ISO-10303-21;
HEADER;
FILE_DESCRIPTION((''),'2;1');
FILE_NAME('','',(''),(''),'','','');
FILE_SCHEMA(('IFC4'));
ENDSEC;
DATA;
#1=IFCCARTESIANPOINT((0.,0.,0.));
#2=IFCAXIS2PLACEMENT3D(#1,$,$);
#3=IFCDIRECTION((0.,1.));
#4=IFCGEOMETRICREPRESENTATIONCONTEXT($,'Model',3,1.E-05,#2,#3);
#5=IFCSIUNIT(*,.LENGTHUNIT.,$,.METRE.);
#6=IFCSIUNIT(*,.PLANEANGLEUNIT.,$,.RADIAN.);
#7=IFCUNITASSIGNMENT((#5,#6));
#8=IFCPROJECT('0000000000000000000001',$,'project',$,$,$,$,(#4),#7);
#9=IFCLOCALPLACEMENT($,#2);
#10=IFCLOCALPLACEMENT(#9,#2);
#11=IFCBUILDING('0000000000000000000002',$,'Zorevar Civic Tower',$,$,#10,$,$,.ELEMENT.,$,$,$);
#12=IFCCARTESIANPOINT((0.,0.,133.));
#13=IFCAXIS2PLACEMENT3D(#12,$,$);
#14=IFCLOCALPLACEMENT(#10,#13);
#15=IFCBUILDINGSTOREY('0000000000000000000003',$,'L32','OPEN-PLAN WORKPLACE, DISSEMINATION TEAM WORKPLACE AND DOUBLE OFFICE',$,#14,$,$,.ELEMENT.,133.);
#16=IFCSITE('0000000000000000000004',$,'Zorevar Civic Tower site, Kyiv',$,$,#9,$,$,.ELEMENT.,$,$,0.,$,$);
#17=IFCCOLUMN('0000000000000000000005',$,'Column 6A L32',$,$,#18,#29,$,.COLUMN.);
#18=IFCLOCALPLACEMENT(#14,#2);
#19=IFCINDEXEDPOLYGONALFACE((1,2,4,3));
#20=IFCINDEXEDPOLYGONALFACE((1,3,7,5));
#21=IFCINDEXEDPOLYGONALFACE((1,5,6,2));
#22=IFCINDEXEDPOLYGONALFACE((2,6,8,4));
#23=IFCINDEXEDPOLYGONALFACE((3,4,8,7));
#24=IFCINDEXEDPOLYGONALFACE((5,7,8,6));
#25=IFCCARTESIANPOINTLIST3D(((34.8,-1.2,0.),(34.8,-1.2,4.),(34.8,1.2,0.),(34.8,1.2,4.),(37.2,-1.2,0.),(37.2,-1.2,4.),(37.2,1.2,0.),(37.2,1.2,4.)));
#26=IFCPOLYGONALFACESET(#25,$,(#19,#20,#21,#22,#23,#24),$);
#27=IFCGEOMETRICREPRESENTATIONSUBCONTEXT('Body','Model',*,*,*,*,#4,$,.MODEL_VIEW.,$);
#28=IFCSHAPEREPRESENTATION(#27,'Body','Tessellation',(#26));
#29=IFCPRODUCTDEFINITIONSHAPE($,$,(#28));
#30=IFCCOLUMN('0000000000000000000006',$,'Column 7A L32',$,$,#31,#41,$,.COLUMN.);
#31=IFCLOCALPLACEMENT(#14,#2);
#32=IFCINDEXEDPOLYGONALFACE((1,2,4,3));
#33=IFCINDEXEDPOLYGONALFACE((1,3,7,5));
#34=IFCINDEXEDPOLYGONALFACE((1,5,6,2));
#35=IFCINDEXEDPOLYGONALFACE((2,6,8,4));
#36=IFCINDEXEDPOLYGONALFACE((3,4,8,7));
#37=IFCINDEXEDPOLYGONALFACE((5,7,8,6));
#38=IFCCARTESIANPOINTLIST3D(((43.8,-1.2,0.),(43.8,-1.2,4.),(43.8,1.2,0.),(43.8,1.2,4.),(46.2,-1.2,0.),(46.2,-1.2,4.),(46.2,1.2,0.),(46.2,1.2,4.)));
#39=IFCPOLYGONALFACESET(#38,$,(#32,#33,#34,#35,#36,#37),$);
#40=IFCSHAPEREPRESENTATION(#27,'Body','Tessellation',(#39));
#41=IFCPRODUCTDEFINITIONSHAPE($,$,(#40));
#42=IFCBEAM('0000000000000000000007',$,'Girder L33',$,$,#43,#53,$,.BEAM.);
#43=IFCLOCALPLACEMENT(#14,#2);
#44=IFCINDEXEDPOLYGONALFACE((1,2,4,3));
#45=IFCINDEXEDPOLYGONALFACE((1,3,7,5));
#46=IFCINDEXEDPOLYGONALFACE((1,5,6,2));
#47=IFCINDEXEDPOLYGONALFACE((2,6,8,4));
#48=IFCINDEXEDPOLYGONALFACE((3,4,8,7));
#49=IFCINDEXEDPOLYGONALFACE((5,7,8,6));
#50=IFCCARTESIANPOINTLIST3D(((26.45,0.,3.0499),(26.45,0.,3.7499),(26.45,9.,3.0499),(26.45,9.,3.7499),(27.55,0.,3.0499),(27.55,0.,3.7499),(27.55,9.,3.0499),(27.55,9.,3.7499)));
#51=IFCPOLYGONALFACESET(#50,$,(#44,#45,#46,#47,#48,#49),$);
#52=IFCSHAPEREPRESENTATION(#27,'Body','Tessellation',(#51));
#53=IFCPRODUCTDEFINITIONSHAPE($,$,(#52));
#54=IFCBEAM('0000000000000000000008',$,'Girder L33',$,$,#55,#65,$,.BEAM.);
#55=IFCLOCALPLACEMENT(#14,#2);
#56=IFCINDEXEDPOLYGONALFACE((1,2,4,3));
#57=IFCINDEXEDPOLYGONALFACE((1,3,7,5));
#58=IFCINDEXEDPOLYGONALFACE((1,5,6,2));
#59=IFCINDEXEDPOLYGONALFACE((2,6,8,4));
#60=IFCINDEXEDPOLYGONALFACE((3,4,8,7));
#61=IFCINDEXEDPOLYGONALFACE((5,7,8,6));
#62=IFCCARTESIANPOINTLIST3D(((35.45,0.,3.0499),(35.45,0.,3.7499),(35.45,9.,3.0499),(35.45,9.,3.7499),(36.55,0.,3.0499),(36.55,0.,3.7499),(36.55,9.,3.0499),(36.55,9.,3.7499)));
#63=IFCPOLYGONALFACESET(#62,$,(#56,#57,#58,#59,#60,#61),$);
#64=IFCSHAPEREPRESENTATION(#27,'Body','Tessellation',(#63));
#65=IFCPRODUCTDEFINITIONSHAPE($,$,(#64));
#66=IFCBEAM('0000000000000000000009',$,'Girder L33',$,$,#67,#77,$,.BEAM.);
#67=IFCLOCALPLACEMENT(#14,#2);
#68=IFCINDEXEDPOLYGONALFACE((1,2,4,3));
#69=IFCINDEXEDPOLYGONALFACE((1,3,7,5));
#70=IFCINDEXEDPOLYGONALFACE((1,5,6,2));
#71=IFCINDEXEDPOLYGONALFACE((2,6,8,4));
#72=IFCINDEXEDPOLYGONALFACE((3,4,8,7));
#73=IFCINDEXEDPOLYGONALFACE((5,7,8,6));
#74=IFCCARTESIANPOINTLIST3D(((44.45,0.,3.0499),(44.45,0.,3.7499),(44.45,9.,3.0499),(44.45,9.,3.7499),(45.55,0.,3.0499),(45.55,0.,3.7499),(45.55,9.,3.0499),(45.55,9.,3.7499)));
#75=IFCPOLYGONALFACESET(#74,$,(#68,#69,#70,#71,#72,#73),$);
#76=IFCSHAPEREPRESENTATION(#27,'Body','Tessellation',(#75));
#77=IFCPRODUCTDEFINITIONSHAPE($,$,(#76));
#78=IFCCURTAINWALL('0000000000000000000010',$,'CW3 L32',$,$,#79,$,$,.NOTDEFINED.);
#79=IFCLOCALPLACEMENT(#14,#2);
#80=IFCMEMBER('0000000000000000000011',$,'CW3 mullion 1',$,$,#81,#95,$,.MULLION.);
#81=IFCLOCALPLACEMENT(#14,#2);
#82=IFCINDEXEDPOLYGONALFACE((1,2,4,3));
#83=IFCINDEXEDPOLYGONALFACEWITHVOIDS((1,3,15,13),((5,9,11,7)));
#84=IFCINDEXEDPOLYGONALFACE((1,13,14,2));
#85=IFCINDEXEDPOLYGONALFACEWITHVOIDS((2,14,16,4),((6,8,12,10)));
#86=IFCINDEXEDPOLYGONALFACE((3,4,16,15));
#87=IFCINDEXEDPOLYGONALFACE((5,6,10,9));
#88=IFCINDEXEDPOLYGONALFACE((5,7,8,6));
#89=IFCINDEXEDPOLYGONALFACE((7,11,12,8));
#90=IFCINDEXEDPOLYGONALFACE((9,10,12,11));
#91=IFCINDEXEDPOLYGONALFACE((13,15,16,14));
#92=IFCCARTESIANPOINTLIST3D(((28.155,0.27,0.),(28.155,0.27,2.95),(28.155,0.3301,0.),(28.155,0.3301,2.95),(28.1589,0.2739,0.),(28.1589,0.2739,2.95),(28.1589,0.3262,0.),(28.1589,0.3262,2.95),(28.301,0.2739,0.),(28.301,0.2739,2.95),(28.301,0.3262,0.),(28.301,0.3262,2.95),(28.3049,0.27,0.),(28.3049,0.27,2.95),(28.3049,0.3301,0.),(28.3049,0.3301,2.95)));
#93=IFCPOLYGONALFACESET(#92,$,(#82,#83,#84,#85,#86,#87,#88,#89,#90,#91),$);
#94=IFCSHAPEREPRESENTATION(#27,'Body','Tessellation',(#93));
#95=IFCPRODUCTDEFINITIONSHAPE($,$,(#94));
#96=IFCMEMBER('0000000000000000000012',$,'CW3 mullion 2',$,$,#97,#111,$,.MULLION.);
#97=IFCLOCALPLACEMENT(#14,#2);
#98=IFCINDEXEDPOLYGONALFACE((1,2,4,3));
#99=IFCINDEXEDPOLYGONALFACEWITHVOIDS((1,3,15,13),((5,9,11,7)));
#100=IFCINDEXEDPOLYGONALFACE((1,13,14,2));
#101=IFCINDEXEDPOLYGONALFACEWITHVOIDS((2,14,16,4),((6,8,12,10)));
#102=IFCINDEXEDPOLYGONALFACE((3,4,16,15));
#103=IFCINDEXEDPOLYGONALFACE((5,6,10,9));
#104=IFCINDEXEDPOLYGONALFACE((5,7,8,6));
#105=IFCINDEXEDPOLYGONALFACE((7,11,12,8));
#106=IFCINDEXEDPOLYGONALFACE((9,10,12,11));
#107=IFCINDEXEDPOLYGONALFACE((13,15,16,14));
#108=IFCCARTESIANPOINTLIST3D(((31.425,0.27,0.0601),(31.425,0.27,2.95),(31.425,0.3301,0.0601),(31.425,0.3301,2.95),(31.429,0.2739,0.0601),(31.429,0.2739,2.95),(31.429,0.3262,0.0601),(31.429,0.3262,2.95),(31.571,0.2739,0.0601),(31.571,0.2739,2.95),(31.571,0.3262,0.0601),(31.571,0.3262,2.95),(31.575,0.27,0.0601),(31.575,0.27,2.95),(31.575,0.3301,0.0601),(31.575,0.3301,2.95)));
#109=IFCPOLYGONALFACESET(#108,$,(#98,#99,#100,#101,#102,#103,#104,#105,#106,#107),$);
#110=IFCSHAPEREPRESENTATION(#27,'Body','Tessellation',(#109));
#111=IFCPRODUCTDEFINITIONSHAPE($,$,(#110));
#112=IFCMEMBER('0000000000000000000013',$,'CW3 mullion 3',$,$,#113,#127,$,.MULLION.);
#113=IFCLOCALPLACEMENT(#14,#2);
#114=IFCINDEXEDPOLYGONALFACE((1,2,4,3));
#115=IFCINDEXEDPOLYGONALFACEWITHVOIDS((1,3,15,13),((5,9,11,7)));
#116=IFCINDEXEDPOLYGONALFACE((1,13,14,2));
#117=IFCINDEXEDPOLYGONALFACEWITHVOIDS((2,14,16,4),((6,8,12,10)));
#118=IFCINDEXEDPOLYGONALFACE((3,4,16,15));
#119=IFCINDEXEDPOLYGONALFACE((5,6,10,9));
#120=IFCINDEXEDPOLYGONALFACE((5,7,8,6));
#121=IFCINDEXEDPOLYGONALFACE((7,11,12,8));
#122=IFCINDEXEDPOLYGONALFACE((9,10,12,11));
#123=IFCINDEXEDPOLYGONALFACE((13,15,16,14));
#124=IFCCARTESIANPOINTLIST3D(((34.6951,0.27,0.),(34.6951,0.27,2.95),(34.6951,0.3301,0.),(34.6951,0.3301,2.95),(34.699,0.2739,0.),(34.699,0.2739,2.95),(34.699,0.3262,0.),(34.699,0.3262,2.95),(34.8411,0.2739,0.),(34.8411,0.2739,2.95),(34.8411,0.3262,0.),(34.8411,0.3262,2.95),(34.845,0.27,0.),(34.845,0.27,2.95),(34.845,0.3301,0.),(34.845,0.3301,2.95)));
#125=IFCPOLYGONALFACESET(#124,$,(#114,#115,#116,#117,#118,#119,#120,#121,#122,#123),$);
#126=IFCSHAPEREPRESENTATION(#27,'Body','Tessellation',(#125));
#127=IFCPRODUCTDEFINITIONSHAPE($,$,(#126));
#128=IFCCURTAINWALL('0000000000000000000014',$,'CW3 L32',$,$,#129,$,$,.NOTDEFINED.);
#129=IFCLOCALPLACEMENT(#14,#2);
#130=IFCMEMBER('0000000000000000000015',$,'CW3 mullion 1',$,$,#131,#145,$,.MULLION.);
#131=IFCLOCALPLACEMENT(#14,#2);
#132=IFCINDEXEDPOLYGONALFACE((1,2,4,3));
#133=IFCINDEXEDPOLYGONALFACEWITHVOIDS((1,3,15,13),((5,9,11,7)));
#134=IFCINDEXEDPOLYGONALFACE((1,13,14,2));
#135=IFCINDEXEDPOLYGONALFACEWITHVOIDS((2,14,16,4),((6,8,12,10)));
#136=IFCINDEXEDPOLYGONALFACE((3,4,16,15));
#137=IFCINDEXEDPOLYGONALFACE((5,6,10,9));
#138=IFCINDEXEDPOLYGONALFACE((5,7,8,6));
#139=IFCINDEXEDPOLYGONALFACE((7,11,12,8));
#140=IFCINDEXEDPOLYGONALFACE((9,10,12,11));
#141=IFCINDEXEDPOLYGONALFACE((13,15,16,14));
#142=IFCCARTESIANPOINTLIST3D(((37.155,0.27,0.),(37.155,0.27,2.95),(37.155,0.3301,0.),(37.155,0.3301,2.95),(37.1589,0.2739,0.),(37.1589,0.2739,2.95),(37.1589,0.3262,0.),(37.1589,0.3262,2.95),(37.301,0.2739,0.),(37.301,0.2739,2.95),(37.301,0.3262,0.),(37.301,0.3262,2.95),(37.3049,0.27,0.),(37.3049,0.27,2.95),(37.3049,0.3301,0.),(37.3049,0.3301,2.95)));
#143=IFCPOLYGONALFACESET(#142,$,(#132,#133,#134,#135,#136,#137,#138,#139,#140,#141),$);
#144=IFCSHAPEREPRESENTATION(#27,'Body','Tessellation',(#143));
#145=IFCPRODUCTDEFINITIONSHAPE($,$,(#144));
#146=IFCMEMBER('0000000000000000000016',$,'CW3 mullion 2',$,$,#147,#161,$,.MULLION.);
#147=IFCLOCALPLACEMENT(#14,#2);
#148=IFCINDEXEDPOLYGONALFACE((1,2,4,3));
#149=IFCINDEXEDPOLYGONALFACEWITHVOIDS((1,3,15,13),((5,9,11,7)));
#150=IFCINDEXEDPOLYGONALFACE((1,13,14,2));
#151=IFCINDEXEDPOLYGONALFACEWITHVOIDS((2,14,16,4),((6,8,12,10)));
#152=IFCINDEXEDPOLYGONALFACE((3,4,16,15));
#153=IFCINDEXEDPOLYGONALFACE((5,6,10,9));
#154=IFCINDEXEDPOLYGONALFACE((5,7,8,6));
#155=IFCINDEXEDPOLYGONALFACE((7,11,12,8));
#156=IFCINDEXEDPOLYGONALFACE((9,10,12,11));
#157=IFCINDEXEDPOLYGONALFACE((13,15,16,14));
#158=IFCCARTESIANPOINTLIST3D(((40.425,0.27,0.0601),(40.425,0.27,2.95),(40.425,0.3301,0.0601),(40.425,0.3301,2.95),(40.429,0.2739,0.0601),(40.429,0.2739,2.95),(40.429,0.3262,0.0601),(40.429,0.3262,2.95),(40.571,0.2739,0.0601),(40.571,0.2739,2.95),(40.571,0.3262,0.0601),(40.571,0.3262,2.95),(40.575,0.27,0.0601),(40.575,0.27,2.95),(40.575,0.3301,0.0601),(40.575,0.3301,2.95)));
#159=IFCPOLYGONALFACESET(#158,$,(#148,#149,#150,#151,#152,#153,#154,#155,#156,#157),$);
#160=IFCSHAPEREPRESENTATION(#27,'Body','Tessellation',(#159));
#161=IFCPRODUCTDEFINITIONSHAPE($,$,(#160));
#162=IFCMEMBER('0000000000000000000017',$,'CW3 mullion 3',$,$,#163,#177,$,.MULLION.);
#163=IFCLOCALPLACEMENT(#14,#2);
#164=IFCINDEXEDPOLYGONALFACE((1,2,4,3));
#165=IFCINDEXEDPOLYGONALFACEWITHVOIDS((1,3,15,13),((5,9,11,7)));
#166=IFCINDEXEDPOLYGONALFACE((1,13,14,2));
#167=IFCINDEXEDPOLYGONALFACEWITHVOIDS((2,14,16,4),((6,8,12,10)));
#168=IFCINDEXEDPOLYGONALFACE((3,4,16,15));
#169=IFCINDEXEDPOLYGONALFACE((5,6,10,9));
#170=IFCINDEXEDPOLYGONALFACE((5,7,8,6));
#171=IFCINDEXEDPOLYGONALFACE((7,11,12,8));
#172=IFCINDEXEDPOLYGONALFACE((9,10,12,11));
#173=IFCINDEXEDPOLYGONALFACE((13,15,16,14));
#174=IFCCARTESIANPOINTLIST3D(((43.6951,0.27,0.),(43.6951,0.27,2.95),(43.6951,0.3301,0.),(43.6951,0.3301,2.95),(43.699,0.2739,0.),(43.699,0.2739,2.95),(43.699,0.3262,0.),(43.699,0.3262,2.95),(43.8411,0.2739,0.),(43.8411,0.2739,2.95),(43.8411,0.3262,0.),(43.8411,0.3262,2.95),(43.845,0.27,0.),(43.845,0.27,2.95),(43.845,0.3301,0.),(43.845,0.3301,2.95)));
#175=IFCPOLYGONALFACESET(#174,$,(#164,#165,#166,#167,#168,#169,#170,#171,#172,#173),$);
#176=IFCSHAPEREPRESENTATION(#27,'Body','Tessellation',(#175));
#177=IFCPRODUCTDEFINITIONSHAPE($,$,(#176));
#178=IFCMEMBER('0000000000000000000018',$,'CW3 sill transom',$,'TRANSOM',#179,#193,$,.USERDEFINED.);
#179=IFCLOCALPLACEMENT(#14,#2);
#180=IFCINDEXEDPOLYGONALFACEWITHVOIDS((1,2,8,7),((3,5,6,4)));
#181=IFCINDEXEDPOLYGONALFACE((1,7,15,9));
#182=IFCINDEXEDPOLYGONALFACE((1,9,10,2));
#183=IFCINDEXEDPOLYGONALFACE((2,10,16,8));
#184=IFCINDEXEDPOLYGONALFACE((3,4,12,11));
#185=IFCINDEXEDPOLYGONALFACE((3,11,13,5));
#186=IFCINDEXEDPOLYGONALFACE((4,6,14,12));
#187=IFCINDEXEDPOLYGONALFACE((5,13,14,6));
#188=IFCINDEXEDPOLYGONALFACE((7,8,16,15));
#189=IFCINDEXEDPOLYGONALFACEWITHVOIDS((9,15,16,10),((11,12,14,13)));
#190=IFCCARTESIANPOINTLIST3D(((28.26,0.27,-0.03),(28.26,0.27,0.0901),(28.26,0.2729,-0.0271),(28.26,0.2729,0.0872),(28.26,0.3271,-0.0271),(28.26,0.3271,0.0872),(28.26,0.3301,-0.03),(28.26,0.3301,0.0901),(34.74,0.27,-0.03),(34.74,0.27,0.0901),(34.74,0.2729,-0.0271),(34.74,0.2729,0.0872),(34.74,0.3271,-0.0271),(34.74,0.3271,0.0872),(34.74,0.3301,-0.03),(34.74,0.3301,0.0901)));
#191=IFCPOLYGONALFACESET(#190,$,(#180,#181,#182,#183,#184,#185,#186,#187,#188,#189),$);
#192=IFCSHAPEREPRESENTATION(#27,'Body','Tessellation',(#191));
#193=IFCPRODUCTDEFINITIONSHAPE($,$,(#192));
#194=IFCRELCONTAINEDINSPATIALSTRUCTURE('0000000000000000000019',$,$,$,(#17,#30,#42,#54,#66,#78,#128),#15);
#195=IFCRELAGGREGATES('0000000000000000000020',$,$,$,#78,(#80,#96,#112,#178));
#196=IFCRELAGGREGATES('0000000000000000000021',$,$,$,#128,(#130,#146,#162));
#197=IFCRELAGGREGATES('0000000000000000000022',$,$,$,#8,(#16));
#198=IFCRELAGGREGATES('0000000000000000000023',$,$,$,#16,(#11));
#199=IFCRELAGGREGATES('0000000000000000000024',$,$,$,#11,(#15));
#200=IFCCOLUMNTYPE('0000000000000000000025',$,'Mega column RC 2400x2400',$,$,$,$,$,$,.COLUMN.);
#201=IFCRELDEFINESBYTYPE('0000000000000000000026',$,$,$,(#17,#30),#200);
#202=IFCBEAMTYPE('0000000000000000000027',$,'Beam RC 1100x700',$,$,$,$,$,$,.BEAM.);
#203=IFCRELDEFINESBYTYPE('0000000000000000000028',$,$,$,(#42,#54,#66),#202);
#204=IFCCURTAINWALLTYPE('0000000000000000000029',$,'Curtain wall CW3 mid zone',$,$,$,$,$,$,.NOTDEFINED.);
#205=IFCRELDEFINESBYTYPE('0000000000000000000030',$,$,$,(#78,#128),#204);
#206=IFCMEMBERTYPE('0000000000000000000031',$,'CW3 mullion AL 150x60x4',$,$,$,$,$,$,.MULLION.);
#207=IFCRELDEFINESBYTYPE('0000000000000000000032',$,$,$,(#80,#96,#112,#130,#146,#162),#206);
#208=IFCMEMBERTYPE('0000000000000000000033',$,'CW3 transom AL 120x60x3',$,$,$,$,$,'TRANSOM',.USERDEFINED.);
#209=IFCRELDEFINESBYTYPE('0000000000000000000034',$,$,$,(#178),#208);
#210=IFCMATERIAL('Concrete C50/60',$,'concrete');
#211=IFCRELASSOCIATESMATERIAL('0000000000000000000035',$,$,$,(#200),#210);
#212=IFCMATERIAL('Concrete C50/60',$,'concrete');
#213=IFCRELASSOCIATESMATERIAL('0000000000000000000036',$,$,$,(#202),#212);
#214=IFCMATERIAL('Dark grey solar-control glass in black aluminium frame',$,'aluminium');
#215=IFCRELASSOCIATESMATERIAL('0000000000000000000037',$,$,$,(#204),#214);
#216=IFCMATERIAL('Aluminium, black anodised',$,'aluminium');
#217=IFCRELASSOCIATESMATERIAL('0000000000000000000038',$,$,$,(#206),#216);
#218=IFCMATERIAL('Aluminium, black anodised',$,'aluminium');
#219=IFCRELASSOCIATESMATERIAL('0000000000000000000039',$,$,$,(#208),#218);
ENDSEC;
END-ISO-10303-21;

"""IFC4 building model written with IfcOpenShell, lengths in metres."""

from ifc_helpers import new_model, si_unit, direction, frame, origin, origin_2d, place, context, subcontext, project, spatial, rectangle, hollow_rectangle, extrude, material, material_profile, profile_set, type_object, element, aggregate, save


model = new_model("IFC4")

# Units and contexts
model_context = context("Model", 3, precision=1e-05, world=origin(), true_north=direction((0.0, 1.0)))
body_context = subcontext(model_context, "Body", "Model", "MODEL_VIEW")
ifc_project = project(units=[si_unit("LENGTHUNIT", "METRE"), si_unit("PLANEANGLEUNIT", "RADIAN")], contexts=[model_context])

# Site, building, storey
site_placement = place(None, origin())
site = spatial("IfcSite", under=ifc_project, at=site_placement, Name="Zorevar Civic Tower site, Kyiv", CompositionType="ELEMENT", RefElevation=0.0)
building_placement = place(site_placement, origin())
building = spatial("IfcBuilding", under=site, at=building_placement, Name="Zorevar Civic Tower", CompositionType="ELEMENT")
storey_placement = place(building_placement, frame((0.0, 0.0, 133.0)))
storey = spatial("IfcBuildingStorey", under=building, at=storey_placement, Name="L32", Description="OPEN-PLAN WORKPLACE, DISSEMINATION TEAM WORKPLACE AND DOUBLE OFFICE", CompositionType="ELEMENT", Elevation=133.0)

# Columns
ifc_material_1 = material(Name="Concrete C50/60", Category="concrete")
ifc_material_profile_1 = material_profile(ifc_material_1, rectangle(XDim=2.3999, YDim=2.3999, at=origin_2d()), Name="RC 2400x2400")
ifc_profile_set_1 = profile_set([ifc_material_profile_1], Name="Concrete C50/60")
column_type = type_object("IfcColumnType", Name="Mega column RC 2400x2400", PredefinedType="COLUMN", material=ifc_profile_set_1)
for number, where, z_axis, x_axis, name in (
    (1, (36.0, 0.0, 0.0), (0.0, 0.0, 1.0), (1.0, 0.0, 0.0), "Column 6A L32"),
    (2, (45.0, 0.0, 0.0), (0.0, 0.0, 1.0), (1.0, 0.0, 0.0), "Column 7A L32"),
):
    element("IfcColumn", number, at=place(storey_placement, frame(where, z_axis=z_axis, x_axis=x_axis)), inside=storey, type_object=column_type, Name=name, PredefinedType="COLUMN", context=body_context, shape_type="SweptSolid", body=[
        extrude(rectangle(XDim=2.3999, YDim=2.3999, at=origin_2d()), origin(), (0.0, 0.0, 1.0), 4.0),
    ])

# Beams
ifc_material_2 = material(Name="Concrete C50/60", Category="concrete")
ifc_material_profile_2 = material_profile(ifc_material_2, rectangle(XDim=1.1001, YDim=0.7, at=origin_2d()), Name="RC 1100x700")
ifc_profile_set_2 = profile_set([ifc_material_profile_2], Name="Concrete C50/60")
beam_type_1 = type_object("IfcBeamType", Name="Beam RC 1100x700", PredefinedType="BEAM", material=ifc_profile_set_2)
for number, where, z_axis, x_axis, name in (
    (3, (27.0, 0.0, 3.3999), (0.0, 1.0, 0.0), (-1.0, 0.0, 0.0), "Girder L33"),
    (4, (36.0, 0.0, 3.3999), (0.0, 1.0, 0.0), (-1.0, 0.0, 0.0), "Girder L33"),
    (5, (45.0, 0.0, 3.3999), (0.0, 1.0, 0.0), (-1.0, 0.0, 0.0), "Girder L33"),
):
    element("IfcBeam", number, at=place(storey_placement, frame(where, z_axis=z_axis, x_axis=x_axis)), inside=storey, type_object=beam_type_1, Name=name, PredefinedType="BEAM", context=body_context, shape_type="SweptSolid", body=[
        extrude(rectangle(XDim=1.1001, YDim=0.7, at=origin_2d()), origin(), (0.0, 0.0, 1.0), 9.0),
    ])

# Curtain walls, members
ifc_material_3 = material(Name="Dark grey solar-control glass in black aluminium frame", Category="aluminium")
curtain_wall_type = type_object("IfcCurtainWallType", Name="Curtain wall CW3 mid zone", PredefinedType="NOTDEFINED", material=ifc_material_3)
curtain_wall_1_placement = place(storey_placement, origin())
curtain_wall_1 = element("IfcCurtainWall", 6, at=curtain_wall_1_placement, inside=storey, type_object=curtain_wall_type, Name="CW3 L32", PredefinedType="NOTDEFINED")
ifc_material_4 = material(Name="Aluminium, black anodised", Category="aluminium")
ifc_material_profile_3 = material_profile(ifc_material_4, hollow_rectangle(XDim=0.0601, YDim=0.1499, WallThickness=0.0039, at=origin_2d()), Name="AL 150x60x4")
ifc_profile_set_3 = profile_set([ifc_material_profile_3], Name="Aluminium, black anodised")
member_type_1 = type_object("IfcMemberType", Name="CW3 mullion AL 150x60x4", PredefinedType="MULLION", material=ifc_profile_set_3)
member_1_placement = place(storey_placement, frame((28.23, 0.3, 0.0), z_axis=(0.0, 0.0, 1.0), x_axis=(0.0, 1.0, 0.0)))
member_1 = element("IfcMember", 7, at=member_1_placement, type_object=member_type_1, Name="CW3 mullion 1", PredefinedType="MULLION", context=body_context, shape_type="SweptSolid", body=[
    extrude(hollow_rectangle(XDim=0.0601, YDim=0.1499, WallThickness=0.0039, at=origin_2d()), origin(), (0.0, 0.0, 1.0), 2.95),
])
member_2_placement = place(storey_placement, frame((31.5, 0.3, 0.0601), z_axis=(0.0, 0.0, 1.0), x_axis=(0.0, 1.0, 0.0)))
member_2 = element("IfcMember", 8, at=member_2_placement, type_object=member_type_1, Name="CW3 mullion 2", PredefinedType="MULLION", context=body_context, shape_type="SweptSolid", body=[
    extrude(hollow_rectangle(XDim=0.0601, YDim=0.1499, WallThickness=0.0039, at=origin_2d()), origin(), (0.0, 0.0, 1.0), 2.8899),
])
member_3_placement = place(storey_placement, frame((34.77, 0.3, 0.0), z_axis=(0.0, 0.0, 1.0), x_axis=(0.0, 1.0, 0.0)))
member_3 = element("IfcMember", 9, at=member_3_placement, type_object=member_type_1, Name="CW3 mullion 3", PredefinedType="MULLION", context=body_context, shape_type="SweptSolid", body=[
    extrude(hollow_rectangle(XDim=0.0601, YDim=0.1499, WallThickness=0.0039, at=origin_2d()), origin(), (0.0, 0.0, 1.0), 2.95),
])
curtain_wall_2_placement = place(storey_placement, origin())
curtain_wall_2 = element("IfcCurtainWall", 10, at=curtain_wall_2_placement, inside=storey, type_object=curtain_wall_type, Name="CW3 L32", PredefinedType="NOTDEFINED")
member_4_placement = place(storey_placement, frame((37.23, 0.3, 0.0), z_axis=(0.0, 0.0, 1.0), x_axis=(0.0, 1.0, 0.0)))
member_4 = element("IfcMember", 11, at=member_4_placement, type_object=member_type_1, Name="CW3 mullion 1", PredefinedType="MULLION", context=body_context, shape_type="SweptSolid", body=[
    extrude(hollow_rectangle(XDim=0.0601, YDim=0.1499, WallThickness=0.0039, at=origin_2d()), origin(), (0.0, 0.0, 1.0), 2.95),
])
member_5_placement = place(storey_placement, frame((40.5, 0.3, 0.0601), z_axis=(0.0, 0.0, 1.0), x_axis=(0.0, 1.0, 0.0)))
member_5 = element("IfcMember", 12, at=member_5_placement, type_object=member_type_1, Name="CW3 mullion 2", PredefinedType="MULLION", context=body_context, shape_type="SweptSolid", body=[
    extrude(hollow_rectangle(XDim=0.0601, YDim=0.1499, WallThickness=0.0039, at=origin_2d()), origin(), (0.0, 0.0, 1.0), 2.8899),
])
member_6_placement = place(storey_placement, frame((43.77, 0.3, 0.0), z_axis=(0.0, 0.0, 1.0), x_axis=(0.0, 1.0, 0.0)))
member_6 = element("IfcMember", 13, at=member_6_placement, type_object=member_type_1, Name="CW3 mullion 3", PredefinedType="MULLION", context=body_context, shape_type="SweptSolid", body=[
    extrude(hollow_rectangle(XDim=0.0601, YDim=0.1499, WallThickness=0.0039, at=origin_2d()), origin(), (0.0, 0.0, 1.0), 2.95),
])

# Member
ifc_material_5 = material(Name="Aluminium, black anodised", Category="aluminium")
ifc_material_profile_4 = material_profile(ifc_material_5, hollow_rectangle(XDim=0.0601, YDim=0.1201, WallThickness=0.0029, at=origin_2d()), Name="AL 120x60x3")
ifc_profile_set_4 = profile_set([ifc_material_profile_4], Name="Aluminium, black anodised")
member_type_2 = type_object("IfcMemberType", Name="CW3 transom AL 120x60x3", ElementType="TRANSOM", PredefinedType="USERDEFINED", material=ifc_profile_set_4)
member_7_placement = place(storey_placement, frame((28.26, 0.3, 0.03), z_axis=(1.0, 0.0, 0.0), x_axis=(0.0, 1.0, 0.0)))
member_7 = element("IfcMember", 14, at=member_7_placement, type_object=member_type_2, Name="CW3 sill transom", ObjectType="TRANSOM", PredefinedType="USERDEFINED", context=body_context, shape_type="SweptSolid", body=[
    extrude(hollow_rectangle(XDim=0.0601, YDim=0.1201, WallThickness=0.0029, at=origin_2d()), origin(), (0.0, 0.0, 1.0), 6.48),
])

aggregate(curtain_wall_1, [member_1, member_2, member_3, member_7])
aggregate(curtain_wall_2, [member_4, member_5, member_6])

save(model, "model.ifc")
